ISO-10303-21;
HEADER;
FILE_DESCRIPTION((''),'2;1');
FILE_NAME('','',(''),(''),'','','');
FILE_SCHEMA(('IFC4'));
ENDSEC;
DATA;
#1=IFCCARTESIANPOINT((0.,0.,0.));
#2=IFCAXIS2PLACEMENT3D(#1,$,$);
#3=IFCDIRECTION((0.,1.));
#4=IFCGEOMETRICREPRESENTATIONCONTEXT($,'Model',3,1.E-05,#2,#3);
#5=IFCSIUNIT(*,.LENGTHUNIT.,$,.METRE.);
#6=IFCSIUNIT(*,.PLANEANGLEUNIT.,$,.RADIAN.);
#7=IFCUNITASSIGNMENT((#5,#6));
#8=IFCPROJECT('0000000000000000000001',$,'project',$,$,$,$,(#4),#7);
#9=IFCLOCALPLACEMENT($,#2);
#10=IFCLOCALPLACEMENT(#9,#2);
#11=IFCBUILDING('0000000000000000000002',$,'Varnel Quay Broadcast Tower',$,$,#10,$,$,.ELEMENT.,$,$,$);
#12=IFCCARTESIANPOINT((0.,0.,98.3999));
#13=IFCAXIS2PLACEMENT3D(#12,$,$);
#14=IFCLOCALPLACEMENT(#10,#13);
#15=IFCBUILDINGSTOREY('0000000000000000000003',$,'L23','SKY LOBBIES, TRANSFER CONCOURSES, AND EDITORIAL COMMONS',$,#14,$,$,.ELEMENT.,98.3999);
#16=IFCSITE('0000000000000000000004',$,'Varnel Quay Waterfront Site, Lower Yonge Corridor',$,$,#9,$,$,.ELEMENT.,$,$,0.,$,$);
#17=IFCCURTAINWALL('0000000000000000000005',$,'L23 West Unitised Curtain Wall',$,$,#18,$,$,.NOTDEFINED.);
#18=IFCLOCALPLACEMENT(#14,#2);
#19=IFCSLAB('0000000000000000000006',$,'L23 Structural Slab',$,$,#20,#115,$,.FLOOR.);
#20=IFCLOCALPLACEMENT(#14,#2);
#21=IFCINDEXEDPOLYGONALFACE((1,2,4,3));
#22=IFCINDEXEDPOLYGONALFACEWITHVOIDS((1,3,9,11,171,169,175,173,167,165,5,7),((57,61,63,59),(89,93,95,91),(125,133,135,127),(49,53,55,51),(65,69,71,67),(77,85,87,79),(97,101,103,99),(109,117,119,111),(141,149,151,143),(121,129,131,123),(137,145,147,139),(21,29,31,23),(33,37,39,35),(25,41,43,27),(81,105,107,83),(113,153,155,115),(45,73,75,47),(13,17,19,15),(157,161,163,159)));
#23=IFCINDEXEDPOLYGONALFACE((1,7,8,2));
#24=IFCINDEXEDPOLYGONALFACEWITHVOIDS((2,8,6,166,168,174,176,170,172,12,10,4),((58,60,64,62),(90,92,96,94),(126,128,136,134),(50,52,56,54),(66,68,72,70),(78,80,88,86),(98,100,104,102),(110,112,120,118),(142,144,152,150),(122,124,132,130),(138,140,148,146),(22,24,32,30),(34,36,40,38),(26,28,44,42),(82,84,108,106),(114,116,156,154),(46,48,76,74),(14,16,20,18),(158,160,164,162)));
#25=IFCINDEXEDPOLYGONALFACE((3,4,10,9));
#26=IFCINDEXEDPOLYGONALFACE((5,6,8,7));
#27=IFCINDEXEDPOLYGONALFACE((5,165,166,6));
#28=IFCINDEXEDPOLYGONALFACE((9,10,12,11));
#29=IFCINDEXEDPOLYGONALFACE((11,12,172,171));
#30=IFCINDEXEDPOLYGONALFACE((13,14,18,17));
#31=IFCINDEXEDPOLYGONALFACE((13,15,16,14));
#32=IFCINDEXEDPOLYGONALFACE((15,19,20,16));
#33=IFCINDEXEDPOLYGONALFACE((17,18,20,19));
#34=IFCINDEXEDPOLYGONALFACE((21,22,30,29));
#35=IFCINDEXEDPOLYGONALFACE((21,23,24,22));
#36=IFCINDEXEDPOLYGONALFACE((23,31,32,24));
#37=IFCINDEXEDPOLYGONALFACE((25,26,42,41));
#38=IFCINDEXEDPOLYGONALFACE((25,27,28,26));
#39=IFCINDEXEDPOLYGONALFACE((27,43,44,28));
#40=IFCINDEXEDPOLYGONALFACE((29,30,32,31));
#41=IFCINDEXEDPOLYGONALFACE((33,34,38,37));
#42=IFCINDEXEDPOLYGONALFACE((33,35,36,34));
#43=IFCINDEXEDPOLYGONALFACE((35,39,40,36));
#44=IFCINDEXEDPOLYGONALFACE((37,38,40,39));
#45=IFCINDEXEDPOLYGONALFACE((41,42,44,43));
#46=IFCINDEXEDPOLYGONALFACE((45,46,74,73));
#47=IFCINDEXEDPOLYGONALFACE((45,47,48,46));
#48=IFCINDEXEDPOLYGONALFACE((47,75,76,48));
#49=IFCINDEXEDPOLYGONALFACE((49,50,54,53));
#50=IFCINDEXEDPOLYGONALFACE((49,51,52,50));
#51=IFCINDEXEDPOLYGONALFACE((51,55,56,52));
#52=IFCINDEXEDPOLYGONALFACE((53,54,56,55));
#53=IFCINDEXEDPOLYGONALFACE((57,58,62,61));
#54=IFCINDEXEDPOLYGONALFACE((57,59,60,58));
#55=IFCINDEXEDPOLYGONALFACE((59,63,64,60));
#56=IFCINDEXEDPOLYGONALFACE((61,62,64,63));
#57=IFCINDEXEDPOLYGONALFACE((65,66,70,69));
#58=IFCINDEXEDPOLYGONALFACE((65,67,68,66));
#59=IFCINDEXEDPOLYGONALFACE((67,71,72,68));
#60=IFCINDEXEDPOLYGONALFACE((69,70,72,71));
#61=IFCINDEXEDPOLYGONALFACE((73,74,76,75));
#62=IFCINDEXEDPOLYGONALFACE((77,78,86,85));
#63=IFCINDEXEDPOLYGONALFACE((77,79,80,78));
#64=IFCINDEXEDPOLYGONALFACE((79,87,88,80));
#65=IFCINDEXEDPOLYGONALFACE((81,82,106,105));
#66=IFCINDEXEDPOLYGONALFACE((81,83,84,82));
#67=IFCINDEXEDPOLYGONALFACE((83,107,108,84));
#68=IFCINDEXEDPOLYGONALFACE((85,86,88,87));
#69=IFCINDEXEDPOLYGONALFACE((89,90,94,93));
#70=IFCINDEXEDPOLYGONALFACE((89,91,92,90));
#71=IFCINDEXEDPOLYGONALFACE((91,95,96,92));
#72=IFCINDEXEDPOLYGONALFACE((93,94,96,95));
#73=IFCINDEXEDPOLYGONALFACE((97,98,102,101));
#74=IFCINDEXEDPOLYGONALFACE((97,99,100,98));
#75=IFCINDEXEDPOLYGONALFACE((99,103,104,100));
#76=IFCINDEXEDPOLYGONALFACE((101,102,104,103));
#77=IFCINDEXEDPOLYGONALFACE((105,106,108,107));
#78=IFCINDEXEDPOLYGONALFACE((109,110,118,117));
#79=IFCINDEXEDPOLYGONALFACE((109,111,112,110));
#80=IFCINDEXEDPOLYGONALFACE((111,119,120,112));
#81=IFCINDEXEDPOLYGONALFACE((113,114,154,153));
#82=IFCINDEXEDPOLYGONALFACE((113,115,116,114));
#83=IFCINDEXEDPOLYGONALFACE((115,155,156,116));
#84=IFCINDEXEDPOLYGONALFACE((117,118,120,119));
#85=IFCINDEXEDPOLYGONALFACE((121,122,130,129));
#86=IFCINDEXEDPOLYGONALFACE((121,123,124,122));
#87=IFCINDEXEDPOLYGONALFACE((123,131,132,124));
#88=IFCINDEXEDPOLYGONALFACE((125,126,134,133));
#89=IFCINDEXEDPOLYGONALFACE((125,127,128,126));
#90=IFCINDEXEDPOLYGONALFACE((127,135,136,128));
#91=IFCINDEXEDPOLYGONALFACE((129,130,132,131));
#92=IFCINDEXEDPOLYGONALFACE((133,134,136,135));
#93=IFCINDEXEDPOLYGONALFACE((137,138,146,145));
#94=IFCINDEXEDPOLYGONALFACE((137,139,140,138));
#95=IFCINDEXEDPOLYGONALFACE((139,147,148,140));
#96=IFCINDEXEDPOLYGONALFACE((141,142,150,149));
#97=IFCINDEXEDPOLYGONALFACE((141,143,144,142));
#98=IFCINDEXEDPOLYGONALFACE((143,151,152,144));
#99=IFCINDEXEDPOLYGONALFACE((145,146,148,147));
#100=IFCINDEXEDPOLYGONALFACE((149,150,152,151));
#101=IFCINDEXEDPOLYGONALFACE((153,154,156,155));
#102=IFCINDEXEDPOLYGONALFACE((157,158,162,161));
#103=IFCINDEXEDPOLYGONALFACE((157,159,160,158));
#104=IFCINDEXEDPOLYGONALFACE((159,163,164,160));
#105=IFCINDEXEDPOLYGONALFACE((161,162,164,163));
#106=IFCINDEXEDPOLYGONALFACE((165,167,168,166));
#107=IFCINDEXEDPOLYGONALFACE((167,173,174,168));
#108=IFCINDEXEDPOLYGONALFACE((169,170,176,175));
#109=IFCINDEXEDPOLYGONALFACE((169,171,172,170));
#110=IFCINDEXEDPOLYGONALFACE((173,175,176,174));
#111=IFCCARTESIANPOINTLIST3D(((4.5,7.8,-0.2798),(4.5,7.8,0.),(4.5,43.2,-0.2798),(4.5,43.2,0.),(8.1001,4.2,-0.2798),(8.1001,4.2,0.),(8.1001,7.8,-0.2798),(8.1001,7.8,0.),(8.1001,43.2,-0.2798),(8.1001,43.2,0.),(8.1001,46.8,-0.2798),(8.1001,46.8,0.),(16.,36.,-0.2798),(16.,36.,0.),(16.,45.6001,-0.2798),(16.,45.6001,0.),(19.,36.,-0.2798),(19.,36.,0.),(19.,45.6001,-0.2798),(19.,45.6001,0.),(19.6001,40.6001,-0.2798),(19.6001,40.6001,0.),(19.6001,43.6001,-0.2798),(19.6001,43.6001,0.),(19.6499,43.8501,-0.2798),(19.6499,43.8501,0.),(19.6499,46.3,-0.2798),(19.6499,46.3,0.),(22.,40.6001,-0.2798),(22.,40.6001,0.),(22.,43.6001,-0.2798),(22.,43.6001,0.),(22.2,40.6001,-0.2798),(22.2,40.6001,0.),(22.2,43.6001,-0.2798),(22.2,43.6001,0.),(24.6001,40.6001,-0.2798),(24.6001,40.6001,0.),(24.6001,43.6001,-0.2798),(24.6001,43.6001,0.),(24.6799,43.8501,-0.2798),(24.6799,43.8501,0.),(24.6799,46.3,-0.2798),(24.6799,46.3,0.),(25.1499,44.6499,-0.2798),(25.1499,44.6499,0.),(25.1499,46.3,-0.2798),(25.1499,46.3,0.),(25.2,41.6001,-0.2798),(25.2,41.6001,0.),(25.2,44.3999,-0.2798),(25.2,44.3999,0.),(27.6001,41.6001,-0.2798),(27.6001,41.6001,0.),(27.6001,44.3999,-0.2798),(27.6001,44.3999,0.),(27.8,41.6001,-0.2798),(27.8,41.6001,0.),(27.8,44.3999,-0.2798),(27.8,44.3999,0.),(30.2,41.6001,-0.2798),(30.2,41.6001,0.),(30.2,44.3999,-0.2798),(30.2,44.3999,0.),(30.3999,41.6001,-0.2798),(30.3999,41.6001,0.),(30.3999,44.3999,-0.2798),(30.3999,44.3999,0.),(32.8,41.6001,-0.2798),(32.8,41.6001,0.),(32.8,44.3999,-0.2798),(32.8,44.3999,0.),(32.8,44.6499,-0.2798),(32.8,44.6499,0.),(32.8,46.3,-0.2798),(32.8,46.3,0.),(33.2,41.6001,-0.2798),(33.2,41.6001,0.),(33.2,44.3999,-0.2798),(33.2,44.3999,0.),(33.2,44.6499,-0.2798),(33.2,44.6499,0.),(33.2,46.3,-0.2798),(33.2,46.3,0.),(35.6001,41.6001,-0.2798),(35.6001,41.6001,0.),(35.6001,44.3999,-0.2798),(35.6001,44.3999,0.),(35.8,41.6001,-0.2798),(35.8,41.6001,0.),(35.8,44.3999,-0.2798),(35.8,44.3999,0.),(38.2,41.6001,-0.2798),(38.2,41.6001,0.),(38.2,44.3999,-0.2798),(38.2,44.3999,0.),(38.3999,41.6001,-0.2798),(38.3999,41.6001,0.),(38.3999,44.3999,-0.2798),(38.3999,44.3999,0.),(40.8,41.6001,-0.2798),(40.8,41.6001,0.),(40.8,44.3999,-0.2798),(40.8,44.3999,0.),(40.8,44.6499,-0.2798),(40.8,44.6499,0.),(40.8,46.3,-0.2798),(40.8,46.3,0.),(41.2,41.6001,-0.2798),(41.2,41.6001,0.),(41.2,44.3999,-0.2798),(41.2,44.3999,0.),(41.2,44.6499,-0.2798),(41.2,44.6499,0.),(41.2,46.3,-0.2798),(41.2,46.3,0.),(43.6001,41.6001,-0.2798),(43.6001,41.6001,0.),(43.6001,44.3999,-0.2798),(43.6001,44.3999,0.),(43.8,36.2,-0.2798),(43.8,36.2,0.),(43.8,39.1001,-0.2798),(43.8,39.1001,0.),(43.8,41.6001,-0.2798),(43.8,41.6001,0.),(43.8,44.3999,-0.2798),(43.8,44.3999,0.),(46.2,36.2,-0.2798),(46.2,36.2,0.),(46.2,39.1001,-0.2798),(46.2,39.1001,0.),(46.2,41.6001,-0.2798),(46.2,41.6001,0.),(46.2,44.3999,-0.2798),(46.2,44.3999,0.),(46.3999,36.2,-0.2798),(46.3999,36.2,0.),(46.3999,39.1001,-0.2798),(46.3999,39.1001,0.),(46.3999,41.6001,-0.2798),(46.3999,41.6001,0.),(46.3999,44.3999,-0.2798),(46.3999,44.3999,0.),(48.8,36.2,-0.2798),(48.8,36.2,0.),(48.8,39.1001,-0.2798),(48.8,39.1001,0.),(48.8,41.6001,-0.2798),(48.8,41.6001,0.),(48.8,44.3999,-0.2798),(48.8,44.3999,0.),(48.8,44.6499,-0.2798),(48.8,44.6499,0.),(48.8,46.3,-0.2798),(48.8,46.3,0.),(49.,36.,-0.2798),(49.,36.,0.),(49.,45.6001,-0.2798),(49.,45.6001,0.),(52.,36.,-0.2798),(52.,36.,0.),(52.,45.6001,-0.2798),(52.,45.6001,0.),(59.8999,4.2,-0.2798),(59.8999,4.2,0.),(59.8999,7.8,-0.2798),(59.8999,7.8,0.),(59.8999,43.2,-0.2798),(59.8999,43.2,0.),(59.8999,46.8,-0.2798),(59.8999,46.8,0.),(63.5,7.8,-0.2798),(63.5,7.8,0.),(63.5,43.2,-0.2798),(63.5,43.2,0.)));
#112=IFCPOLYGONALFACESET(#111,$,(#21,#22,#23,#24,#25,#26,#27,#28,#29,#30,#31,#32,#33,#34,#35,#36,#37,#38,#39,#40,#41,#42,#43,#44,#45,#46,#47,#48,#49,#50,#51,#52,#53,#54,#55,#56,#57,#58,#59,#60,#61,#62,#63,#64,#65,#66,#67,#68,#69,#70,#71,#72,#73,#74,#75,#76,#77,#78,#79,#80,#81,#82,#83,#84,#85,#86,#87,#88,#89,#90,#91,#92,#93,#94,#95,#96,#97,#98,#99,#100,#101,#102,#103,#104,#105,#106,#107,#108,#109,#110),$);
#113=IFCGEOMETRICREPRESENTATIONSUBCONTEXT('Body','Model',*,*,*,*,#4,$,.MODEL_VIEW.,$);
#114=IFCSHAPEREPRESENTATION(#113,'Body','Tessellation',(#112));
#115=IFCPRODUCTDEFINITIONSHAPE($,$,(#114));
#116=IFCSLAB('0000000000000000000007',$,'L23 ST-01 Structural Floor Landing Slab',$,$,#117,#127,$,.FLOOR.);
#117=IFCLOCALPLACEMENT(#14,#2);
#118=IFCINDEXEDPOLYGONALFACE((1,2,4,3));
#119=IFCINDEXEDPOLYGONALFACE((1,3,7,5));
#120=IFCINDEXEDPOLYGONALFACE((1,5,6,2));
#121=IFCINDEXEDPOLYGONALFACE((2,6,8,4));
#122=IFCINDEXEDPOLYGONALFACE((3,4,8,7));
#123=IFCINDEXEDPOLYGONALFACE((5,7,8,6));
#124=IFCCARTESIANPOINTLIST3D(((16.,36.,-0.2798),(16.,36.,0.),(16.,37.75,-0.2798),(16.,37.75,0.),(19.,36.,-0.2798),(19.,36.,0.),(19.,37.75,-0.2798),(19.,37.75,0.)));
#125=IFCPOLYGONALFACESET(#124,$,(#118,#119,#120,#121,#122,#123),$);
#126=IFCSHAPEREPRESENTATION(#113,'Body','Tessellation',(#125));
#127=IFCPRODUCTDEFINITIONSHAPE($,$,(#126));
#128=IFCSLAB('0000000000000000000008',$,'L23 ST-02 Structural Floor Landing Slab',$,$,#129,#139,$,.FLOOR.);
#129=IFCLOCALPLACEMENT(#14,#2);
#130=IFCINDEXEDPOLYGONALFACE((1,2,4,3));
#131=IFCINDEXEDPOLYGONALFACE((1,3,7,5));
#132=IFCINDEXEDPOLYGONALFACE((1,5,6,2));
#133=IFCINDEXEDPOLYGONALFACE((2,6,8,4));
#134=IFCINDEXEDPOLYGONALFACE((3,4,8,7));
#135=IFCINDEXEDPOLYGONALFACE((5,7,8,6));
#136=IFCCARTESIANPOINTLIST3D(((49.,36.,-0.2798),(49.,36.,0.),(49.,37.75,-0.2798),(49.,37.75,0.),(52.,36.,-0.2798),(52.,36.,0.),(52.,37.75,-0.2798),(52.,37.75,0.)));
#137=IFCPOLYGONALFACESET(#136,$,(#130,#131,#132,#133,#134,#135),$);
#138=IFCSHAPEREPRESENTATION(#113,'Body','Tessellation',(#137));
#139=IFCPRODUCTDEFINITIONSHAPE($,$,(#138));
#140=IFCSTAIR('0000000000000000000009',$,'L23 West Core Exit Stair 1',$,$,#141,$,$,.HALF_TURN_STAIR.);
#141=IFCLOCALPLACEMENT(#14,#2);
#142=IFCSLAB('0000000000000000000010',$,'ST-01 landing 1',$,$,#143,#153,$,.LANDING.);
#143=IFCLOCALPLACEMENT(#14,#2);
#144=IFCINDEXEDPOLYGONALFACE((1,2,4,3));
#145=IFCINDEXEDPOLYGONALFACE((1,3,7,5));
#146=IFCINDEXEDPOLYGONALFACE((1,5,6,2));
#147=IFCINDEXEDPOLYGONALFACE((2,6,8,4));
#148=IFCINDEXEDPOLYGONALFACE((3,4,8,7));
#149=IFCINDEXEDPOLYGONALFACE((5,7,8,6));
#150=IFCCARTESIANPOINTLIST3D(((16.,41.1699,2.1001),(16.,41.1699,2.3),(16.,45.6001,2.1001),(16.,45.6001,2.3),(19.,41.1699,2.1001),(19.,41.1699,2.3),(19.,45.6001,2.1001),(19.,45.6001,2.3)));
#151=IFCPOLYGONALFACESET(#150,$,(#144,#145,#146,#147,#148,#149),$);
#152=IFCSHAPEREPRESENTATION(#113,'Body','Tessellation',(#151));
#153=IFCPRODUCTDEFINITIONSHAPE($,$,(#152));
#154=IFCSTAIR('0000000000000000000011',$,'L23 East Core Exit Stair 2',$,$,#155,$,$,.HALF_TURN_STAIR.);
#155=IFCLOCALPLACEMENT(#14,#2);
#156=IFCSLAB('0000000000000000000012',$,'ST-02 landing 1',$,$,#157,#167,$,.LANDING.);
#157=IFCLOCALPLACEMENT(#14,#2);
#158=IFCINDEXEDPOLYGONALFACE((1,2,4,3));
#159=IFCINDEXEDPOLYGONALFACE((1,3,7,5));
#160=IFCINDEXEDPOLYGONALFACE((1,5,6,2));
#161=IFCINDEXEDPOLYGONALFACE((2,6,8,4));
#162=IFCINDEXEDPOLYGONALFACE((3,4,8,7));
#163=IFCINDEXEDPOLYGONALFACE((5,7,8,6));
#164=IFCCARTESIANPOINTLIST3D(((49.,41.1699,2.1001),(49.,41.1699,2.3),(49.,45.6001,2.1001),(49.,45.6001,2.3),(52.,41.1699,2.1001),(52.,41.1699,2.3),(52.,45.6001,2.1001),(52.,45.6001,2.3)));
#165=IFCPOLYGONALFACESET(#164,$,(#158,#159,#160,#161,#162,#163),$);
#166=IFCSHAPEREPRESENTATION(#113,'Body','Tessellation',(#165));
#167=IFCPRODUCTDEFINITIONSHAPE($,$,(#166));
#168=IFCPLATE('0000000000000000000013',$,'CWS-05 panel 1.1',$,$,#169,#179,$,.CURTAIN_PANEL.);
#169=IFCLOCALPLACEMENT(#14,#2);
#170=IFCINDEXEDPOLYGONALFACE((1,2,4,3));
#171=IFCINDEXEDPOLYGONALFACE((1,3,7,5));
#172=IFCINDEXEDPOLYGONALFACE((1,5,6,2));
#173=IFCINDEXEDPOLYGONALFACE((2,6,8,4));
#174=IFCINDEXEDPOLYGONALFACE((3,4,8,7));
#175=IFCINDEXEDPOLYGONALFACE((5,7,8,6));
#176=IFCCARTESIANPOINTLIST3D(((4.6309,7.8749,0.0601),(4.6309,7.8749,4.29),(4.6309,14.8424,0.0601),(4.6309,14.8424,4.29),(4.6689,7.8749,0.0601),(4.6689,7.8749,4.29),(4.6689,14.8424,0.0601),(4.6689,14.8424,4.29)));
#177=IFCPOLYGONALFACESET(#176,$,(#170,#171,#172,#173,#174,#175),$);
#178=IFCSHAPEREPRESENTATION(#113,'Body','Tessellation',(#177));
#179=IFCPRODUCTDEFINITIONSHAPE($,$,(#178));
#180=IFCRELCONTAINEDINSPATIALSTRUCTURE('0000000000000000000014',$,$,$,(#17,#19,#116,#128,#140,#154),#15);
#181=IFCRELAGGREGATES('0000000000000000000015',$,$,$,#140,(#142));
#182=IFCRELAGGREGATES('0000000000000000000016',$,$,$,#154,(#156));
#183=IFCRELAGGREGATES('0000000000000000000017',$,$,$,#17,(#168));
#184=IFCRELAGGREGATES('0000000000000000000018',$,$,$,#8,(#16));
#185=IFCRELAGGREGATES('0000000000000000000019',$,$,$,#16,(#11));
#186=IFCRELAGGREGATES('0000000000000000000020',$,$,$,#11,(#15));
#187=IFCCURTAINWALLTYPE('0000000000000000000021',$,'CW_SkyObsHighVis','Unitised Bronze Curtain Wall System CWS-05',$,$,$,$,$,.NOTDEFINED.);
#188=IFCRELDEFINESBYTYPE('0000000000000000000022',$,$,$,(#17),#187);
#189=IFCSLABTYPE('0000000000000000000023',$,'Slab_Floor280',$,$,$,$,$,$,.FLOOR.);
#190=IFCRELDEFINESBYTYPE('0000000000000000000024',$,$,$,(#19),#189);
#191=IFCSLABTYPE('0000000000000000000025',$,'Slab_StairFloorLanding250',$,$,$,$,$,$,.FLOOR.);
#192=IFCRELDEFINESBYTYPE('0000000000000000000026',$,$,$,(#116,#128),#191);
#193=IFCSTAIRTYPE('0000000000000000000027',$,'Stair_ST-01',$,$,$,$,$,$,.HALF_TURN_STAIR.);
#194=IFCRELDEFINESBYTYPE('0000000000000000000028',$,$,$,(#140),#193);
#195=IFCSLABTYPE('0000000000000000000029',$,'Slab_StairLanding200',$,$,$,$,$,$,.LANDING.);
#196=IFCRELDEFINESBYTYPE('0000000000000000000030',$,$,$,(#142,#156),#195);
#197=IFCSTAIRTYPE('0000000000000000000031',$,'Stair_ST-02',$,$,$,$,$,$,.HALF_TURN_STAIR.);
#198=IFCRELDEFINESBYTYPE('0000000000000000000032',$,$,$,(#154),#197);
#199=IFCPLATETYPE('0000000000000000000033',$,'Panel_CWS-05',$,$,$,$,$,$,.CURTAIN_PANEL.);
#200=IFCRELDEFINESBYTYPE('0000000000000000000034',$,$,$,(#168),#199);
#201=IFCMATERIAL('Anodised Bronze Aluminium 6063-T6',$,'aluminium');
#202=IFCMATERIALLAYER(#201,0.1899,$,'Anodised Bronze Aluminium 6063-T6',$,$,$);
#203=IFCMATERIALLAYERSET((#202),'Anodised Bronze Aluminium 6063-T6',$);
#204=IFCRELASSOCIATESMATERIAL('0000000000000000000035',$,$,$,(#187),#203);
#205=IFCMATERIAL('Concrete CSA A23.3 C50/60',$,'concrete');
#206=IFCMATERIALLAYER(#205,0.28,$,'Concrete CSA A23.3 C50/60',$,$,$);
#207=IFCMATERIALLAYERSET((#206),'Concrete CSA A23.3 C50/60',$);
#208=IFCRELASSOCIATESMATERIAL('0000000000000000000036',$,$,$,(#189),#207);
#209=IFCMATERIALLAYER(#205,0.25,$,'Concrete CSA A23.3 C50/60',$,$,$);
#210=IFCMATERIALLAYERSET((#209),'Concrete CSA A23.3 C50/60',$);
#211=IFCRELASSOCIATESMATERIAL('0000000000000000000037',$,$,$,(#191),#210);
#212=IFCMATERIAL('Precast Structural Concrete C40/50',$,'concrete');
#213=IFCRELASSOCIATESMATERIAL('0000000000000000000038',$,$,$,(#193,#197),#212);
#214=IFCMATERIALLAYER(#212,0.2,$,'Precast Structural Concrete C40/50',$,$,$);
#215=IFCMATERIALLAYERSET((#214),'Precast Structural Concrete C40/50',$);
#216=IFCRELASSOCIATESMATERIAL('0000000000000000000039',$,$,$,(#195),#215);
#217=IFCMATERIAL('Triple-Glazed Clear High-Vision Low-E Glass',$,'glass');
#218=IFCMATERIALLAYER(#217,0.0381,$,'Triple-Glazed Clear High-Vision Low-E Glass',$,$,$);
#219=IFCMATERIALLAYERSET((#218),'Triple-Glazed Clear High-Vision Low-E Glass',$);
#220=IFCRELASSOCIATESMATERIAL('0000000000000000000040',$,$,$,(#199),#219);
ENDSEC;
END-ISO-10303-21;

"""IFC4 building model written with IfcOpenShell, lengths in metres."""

from ifc_helpers import new_model, si_unit, direction, frame, origin, origin_2d, place, context, subcontext, project, spatial, polyline, rectangle, outline, extrude, source, transform, mapped, material, layer, layer_set, type_object, element, aggregate, save


model = new_model("IFC4")

# Units and contexts
model_context = context("Model", 3, precision=1e-05, world=origin(), true_north=direction((0.0, 1.0)))
body_context = subcontext(model_context, "Body", "Model", "MODEL_VIEW")
ifc_project = project(units=[si_unit("LENGTHUNIT", "METRE"), si_unit("PLANEANGLEUNIT", "RADIAN")], contexts=[model_context])

# Site, building, storey
site_placement = place(None, origin())
site = spatial("IfcSite", under=ifc_project, at=site_placement, Name="Varnel Quay Waterfront Site, Lower Yonge Corridor", CompositionType="ELEMENT", RefElevation=0.0)
building_placement = place(site_placement, origin())
building = spatial("IfcBuilding", under=site, at=building_placement, Name="Varnel Quay Broadcast Tower", CompositionType="ELEMENT")
storey_placement = place(building_placement, frame((0.0, 0.0, 98.3999)))
storey = spatial("IfcBuildingStorey", under=building, at=storey_placement, Name="L23", Description="SKY LOBBIES, TRANSFER CONCOURSES, AND EDITORIAL COMMONS", CompositionType="ELEMENT", Elevation=98.3999)

# Curtain wall
ifc_material_1 = material(Name="Anodised Bronze Aluminium 6063-T6", Category="aluminium")
ifc_layer_1 = layer(ifc_material_1, 0.1899, Name="Anodised Bronze Aluminium 6063-T6")
ifc_layer_set_1 = layer_set([ifc_layer_1], Name="Anodised Bronze Aluminium 6063-T6")
curtain_wall_type_1 = type_object("IfcCurtainWallType", Name="CW_SkyObsHighVis", Description="Unitised Bronze Curtain Wall System CWS-05", PredefinedType="NOTDEFINED", material=ifc_layer_set_1)
curtain_wall_1_placement = place(storey_placement, origin())
curtain_wall_1 = element("IfcCurtainWall", 1, at=curtain_wall_1_placement, inside=storey, type_object=curtain_wall_type_1, Name="L23 West Unitised Curtain Wall", PredefinedType="NOTDEFINED")

# Slabs
ifc_material_2 = material(Name="Concrete CSA A23.3 C50/60", Category="concrete")
ifc_layer_2 = layer(ifc_material_2, 0.28, Name="Concrete CSA A23.3 C50/60")
ifc_layer_set_2 = layer_set([ifc_layer_2], Name="Concrete CSA A23.3 C50/60")
slab_type_1 = type_object("IfcSlabType", Name="Slab_Floor280", PredefinedType="FLOOR", material=ifc_layer_set_2)
slab_1_placement = place(storey_placement, frame((0.0, 0.0, -0.2798)))
element("IfcSlab", 2, at=slab_1_placement, inside=storey, type_object=slab_type_1, Name="L23 Structural Slab", PredefinedType="FLOOR", context=body_context, shape_type="SweptSolid", body=[
    extrude(outline(polyline([(8.1001, 4.2), (59.8999, 4.2), (59.8999, 7.8), (63.5, 7.8), (63.5, 43.2), (59.8999, 43.2), (59.8999, 46.8), (8.1001, 46.8), (8.1001, 43.2), (4.5, 43.2), (4.5, 7.8), (8.1001, 7.8), (8.1001, 4.2)]), holes=[polyline([(16.0, 36.0), (16.0, 45.6001), (19.0, 45.6001), (19.0, 36.0), (16.0, 36.0)]), polyline([(19.6001, 43.6001), (22.0, 43.6001), (22.0, 40.6001), (19.6001, 40.6001), (19.6001, 43.6001)]), polyline([(22.2, 43.6001), (24.6001, 43.6001), (24.6001, 40.6001), (22.2, 40.6001), (22.2, 43.6001)]), polyline([(25.2, 44.3999), (27.6001, 44.3999), (27.6001, 41.6001), (25.2, 41.6001), (25.2, 44.3999)]), polyline([(27.8, 44.3999), (30.2, 44.3999), (30.2, 41.6001), (27.8, 41.6001), (27.8, 44.3999)]), polyline([(30.3999, 44.3999), (32.8, 44.3999), (32.8, 41.6001), (30.3999, 41.6001), (30.3999, 44.3999)]), polyline([(33.2, 44.3999), (35.6001, 44.3999), (35.6001, 41.6001), (33.2, 41.6001), (33.2, 44.3999)]), polyline([(38.2, 44.3999), (38.2, 41.6001), (35.8, 41.6001), (35.8, 44.3999), (38.2, 44.3999)]), polyline([(24.6799, 46.3), (24.6799, 43.8501), (19.6499, 43.8501), (19.6499, 46.3), (24.6799, 46.3)]), polyline([(25.1499, 46.3), (32.8, 46.3), (32.8, 44.6499), (25.1499, 44.6499), (25.1499, 46.3)]), polyline([(43.8, 39.1001), (46.2, 39.1001), (46.2, 36.2), (43.8, 36.2), (43.8, 39.1001)]), polyline([(46.3999, 39.1001), (48.8, 39.1001), (48.8, 36.2), (46.3999, 36.2), (46.3999, 39.1001)]), polyline([(49.0, 45.6001), (52.0, 45.6001), (52.0, 36.0), (49.0, 36.0), (49.0, 45.6001)]), polyline([(40.8, 44.3999), (40.8, 41.6001), (38.3999, 41.6001), (38.3999, 44.3999), (40.8, 44.3999)]), polyline([(41.2, 44.3999), (43.6001, 44.3999), (43.6001, 41.6001), (41.2, 41.6001), (41.2, 44.3999)]), polyline([(43.8, 44.3999), (46.2, 44.3999), (46.2, 41.6001), (43.8, 41.6001), (43.8, 44.3999)]), polyline([(46.3999, 44.3999), (48.8, 44.3999), (48.8, 41.6001), (46.3999, 41.6001), (46.3999, 44.3999)]), polyline([(40.8, 46.3), (40.8, 44.6499), (33.2, 44.6499), (33.2, 46.3), (40.8, 46.3)]), polyline([(48.8, 46.3), (48.8, 44.6499), (41.2, 44.6499), (41.2, 46.3), (48.8, 46.3)])]), origin(), (0.0, 0.0, 1.0), 0.2798),
])
ifc_layer_3 = layer(ifc_material_2, 0.25, Name="Concrete CSA A23.3 C50/60")
ifc_layer_set_3 = layer_set([ifc_layer_3], Name="Concrete CSA A23.3 C50/60")
slab_type_2 = type_object("IfcSlabType", Name="Slab_StairFloorLanding250", PredefinedType="FLOOR", material=ifc_layer_set_3)
slab_2_placement = place(storey_placement, frame((0.0, 0.0, -0.2798)))
element("IfcSlab", 3, at=slab_2_placement, inside=storey, type_object=slab_type_2, Name="L23 ST-01 Structural Floor Landing Slab", PredefinedType="FLOOR", context=body_context, shape_type="SweptSolid", body=[
    extrude(outline(polyline([(19.0, 36.0), (19.0, 37.75), (16.0, 37.75), (16.0, 36.0), (19.0, 36.0)])), origin(), (0.0, 0.0, 1.0), 0.2798),
])
slab_3_placement = place(storey_placement, frame((0.0, 0.0, -0.2798)))
element("IfcSlab", 4, at=slab_3_placement, inside=storey, type_object=slab_type_2, Name="L23 ST-02 Structural Floor Landing Slab", PredefinedType="FLOOR", context=body_context, shape_type="SweptSolid", body=[
    extrude(outline(polyline([(52.0, 36.0), (52.0, 37.75), (49.0, 37.75), (49.0, 36.0), (52.0, 36.0)])), origin(), (0.0, 0.0, 1.0), 0.2798),
])

# Stairs, slabs
ifc_material_3 = material(Name="Precast Structural Concrete C40/50", Category="concrete")
stair_type_1 = type_object("IfcStairType", Name="Stair_ST-01", PredefinedType="HALF_TURN_STAIR", material=ifc_material_3)
stair_1_placement = place(storey_placement, origin())
stair_1 = element("IfcStair", 5, at=stair_1_placement, inside=storey, type_object=stair_type_1, Name="L23 West Core Exit Stair 1", PredefinedType="HALF_TURN_STAIR")
ifc_layer_4 = layer(ifc_material_3, 0.2, Name="Precast Structural Concrete C40/50")
ifc_layer_set_4 = layer_set([ifc_layer_4], Name="Precast Structural Concrete C40/50")
slab_type_3 = type_object("IfcSlabType", Name="Slab_StairLanding200", PredefinedType="LANDING", material=ifc_layer_set_4)
slab_4_placement = place(storey_placement, frame((0.0, 0.0, 2.1001)))
slab_4 = element("IfcSlab", 6, at=slab_4_placement, type_object=slab_type_3, Name="ST-01 landing 1", PredefinedType="LANDING", context=body_context, shape_type="SweptSolid", body=[
    extrude(outline(polyline([(19.0, 41.1699), (19.0, 45.6001), (16.0, 45.6001), (16.0, 41.1699), (19.0, 41.1699)])), origin(), (0.0, 0.0, 1.0), 0.2),
])
aggregate(stair_1, [slab_4])
stair_type_2 = type_object("IfcStairType", Name="Stair_ST-02", PredefinedType="HALF_TURN_STAIR", material=ifc_material_3)
stair_2_placement = place(storey_placement, origin())
stair_2 = element("IfcStair", 7, at=stair_2_placement, inside=storey, type_object=stair_type_2, Name="L23 East Core Exit Stair 2", PredefinedType="HALF_TURN_STAIR")
slab_5_placement = place(storey_placement, frame((0.0, 0.0, 2.1001)))
slab_5 = element("IfcSlab", 8, at=slab_5_placement, type_object=slab_type_3, Name="ST-02 landing 1", PredefinedType="LANDING", context=body_context, shape_type="SweptSolid", body=[
    extrude(outline(polyline([(52.0, 41.1699), (52.0, 45.6001), (49.0, 45.6001), (49.0, 41.1699), (52.0, 41.1699)])), origin(), (0.0, 0.0, 1.0), 0.2),
])
aggregate(stair_2, [slab_5])

# Plate
ifc_material_4 = material(Name="Triple-Glazed Clear High-Vision Low-E Glass", Category="glass")
ifc_layer_5 = layer(ifc_material_4, 0.0381, Name="Triple-Glazed Clear High-Vision Low-E Glass")
ifc_layer_set_5 = layer_set([ifc_layer_5], Name="Triple-Glazed Clear High-Vision Low-E Glass")
plate_type_1 = type_object("IfcPlateType", Name="Panel_CWS-05", PredefinedType="CURTAIN_PANEL", material=ifc_layer_set_5)
shared_shape_1 = source(origin(), body_context, "Body", "SweptSolid", [
    extrude(rectangle(XDim=6.9675, YDim=0.0381, at=origin_2d()), origin(), (0.0, 0.0, 1.0), 4.23),
])
plate_1_placement = place(storey_placement, frame((4.6499, 11.3586, 0.0601), z_axis=(0.0, 0.0, 1.0), x_axis=(0.0, 1.0, 0.0)))
plate_1 = element("IfcPlate", 9, at=plate_1_placement, type_object=plate_type_1, Name="CWS-05 panel 1.1", PredefinedType="CURTAIN_PANEL", context=body_context, shape_type="MappedRepresentation", body=[
    mapped(shared_shape_1, transform((0.0, 0.0, 0.0), x_axis=(1.0, 0.0, 0.0), y_axis=(0.0, 1.0, 0.0), z_axis=(0.0, 0.0, 1.0), scale=1.0)),
])
aggregate(curtain_wall_1, [plate_1])

save(model, "model.ifc")
